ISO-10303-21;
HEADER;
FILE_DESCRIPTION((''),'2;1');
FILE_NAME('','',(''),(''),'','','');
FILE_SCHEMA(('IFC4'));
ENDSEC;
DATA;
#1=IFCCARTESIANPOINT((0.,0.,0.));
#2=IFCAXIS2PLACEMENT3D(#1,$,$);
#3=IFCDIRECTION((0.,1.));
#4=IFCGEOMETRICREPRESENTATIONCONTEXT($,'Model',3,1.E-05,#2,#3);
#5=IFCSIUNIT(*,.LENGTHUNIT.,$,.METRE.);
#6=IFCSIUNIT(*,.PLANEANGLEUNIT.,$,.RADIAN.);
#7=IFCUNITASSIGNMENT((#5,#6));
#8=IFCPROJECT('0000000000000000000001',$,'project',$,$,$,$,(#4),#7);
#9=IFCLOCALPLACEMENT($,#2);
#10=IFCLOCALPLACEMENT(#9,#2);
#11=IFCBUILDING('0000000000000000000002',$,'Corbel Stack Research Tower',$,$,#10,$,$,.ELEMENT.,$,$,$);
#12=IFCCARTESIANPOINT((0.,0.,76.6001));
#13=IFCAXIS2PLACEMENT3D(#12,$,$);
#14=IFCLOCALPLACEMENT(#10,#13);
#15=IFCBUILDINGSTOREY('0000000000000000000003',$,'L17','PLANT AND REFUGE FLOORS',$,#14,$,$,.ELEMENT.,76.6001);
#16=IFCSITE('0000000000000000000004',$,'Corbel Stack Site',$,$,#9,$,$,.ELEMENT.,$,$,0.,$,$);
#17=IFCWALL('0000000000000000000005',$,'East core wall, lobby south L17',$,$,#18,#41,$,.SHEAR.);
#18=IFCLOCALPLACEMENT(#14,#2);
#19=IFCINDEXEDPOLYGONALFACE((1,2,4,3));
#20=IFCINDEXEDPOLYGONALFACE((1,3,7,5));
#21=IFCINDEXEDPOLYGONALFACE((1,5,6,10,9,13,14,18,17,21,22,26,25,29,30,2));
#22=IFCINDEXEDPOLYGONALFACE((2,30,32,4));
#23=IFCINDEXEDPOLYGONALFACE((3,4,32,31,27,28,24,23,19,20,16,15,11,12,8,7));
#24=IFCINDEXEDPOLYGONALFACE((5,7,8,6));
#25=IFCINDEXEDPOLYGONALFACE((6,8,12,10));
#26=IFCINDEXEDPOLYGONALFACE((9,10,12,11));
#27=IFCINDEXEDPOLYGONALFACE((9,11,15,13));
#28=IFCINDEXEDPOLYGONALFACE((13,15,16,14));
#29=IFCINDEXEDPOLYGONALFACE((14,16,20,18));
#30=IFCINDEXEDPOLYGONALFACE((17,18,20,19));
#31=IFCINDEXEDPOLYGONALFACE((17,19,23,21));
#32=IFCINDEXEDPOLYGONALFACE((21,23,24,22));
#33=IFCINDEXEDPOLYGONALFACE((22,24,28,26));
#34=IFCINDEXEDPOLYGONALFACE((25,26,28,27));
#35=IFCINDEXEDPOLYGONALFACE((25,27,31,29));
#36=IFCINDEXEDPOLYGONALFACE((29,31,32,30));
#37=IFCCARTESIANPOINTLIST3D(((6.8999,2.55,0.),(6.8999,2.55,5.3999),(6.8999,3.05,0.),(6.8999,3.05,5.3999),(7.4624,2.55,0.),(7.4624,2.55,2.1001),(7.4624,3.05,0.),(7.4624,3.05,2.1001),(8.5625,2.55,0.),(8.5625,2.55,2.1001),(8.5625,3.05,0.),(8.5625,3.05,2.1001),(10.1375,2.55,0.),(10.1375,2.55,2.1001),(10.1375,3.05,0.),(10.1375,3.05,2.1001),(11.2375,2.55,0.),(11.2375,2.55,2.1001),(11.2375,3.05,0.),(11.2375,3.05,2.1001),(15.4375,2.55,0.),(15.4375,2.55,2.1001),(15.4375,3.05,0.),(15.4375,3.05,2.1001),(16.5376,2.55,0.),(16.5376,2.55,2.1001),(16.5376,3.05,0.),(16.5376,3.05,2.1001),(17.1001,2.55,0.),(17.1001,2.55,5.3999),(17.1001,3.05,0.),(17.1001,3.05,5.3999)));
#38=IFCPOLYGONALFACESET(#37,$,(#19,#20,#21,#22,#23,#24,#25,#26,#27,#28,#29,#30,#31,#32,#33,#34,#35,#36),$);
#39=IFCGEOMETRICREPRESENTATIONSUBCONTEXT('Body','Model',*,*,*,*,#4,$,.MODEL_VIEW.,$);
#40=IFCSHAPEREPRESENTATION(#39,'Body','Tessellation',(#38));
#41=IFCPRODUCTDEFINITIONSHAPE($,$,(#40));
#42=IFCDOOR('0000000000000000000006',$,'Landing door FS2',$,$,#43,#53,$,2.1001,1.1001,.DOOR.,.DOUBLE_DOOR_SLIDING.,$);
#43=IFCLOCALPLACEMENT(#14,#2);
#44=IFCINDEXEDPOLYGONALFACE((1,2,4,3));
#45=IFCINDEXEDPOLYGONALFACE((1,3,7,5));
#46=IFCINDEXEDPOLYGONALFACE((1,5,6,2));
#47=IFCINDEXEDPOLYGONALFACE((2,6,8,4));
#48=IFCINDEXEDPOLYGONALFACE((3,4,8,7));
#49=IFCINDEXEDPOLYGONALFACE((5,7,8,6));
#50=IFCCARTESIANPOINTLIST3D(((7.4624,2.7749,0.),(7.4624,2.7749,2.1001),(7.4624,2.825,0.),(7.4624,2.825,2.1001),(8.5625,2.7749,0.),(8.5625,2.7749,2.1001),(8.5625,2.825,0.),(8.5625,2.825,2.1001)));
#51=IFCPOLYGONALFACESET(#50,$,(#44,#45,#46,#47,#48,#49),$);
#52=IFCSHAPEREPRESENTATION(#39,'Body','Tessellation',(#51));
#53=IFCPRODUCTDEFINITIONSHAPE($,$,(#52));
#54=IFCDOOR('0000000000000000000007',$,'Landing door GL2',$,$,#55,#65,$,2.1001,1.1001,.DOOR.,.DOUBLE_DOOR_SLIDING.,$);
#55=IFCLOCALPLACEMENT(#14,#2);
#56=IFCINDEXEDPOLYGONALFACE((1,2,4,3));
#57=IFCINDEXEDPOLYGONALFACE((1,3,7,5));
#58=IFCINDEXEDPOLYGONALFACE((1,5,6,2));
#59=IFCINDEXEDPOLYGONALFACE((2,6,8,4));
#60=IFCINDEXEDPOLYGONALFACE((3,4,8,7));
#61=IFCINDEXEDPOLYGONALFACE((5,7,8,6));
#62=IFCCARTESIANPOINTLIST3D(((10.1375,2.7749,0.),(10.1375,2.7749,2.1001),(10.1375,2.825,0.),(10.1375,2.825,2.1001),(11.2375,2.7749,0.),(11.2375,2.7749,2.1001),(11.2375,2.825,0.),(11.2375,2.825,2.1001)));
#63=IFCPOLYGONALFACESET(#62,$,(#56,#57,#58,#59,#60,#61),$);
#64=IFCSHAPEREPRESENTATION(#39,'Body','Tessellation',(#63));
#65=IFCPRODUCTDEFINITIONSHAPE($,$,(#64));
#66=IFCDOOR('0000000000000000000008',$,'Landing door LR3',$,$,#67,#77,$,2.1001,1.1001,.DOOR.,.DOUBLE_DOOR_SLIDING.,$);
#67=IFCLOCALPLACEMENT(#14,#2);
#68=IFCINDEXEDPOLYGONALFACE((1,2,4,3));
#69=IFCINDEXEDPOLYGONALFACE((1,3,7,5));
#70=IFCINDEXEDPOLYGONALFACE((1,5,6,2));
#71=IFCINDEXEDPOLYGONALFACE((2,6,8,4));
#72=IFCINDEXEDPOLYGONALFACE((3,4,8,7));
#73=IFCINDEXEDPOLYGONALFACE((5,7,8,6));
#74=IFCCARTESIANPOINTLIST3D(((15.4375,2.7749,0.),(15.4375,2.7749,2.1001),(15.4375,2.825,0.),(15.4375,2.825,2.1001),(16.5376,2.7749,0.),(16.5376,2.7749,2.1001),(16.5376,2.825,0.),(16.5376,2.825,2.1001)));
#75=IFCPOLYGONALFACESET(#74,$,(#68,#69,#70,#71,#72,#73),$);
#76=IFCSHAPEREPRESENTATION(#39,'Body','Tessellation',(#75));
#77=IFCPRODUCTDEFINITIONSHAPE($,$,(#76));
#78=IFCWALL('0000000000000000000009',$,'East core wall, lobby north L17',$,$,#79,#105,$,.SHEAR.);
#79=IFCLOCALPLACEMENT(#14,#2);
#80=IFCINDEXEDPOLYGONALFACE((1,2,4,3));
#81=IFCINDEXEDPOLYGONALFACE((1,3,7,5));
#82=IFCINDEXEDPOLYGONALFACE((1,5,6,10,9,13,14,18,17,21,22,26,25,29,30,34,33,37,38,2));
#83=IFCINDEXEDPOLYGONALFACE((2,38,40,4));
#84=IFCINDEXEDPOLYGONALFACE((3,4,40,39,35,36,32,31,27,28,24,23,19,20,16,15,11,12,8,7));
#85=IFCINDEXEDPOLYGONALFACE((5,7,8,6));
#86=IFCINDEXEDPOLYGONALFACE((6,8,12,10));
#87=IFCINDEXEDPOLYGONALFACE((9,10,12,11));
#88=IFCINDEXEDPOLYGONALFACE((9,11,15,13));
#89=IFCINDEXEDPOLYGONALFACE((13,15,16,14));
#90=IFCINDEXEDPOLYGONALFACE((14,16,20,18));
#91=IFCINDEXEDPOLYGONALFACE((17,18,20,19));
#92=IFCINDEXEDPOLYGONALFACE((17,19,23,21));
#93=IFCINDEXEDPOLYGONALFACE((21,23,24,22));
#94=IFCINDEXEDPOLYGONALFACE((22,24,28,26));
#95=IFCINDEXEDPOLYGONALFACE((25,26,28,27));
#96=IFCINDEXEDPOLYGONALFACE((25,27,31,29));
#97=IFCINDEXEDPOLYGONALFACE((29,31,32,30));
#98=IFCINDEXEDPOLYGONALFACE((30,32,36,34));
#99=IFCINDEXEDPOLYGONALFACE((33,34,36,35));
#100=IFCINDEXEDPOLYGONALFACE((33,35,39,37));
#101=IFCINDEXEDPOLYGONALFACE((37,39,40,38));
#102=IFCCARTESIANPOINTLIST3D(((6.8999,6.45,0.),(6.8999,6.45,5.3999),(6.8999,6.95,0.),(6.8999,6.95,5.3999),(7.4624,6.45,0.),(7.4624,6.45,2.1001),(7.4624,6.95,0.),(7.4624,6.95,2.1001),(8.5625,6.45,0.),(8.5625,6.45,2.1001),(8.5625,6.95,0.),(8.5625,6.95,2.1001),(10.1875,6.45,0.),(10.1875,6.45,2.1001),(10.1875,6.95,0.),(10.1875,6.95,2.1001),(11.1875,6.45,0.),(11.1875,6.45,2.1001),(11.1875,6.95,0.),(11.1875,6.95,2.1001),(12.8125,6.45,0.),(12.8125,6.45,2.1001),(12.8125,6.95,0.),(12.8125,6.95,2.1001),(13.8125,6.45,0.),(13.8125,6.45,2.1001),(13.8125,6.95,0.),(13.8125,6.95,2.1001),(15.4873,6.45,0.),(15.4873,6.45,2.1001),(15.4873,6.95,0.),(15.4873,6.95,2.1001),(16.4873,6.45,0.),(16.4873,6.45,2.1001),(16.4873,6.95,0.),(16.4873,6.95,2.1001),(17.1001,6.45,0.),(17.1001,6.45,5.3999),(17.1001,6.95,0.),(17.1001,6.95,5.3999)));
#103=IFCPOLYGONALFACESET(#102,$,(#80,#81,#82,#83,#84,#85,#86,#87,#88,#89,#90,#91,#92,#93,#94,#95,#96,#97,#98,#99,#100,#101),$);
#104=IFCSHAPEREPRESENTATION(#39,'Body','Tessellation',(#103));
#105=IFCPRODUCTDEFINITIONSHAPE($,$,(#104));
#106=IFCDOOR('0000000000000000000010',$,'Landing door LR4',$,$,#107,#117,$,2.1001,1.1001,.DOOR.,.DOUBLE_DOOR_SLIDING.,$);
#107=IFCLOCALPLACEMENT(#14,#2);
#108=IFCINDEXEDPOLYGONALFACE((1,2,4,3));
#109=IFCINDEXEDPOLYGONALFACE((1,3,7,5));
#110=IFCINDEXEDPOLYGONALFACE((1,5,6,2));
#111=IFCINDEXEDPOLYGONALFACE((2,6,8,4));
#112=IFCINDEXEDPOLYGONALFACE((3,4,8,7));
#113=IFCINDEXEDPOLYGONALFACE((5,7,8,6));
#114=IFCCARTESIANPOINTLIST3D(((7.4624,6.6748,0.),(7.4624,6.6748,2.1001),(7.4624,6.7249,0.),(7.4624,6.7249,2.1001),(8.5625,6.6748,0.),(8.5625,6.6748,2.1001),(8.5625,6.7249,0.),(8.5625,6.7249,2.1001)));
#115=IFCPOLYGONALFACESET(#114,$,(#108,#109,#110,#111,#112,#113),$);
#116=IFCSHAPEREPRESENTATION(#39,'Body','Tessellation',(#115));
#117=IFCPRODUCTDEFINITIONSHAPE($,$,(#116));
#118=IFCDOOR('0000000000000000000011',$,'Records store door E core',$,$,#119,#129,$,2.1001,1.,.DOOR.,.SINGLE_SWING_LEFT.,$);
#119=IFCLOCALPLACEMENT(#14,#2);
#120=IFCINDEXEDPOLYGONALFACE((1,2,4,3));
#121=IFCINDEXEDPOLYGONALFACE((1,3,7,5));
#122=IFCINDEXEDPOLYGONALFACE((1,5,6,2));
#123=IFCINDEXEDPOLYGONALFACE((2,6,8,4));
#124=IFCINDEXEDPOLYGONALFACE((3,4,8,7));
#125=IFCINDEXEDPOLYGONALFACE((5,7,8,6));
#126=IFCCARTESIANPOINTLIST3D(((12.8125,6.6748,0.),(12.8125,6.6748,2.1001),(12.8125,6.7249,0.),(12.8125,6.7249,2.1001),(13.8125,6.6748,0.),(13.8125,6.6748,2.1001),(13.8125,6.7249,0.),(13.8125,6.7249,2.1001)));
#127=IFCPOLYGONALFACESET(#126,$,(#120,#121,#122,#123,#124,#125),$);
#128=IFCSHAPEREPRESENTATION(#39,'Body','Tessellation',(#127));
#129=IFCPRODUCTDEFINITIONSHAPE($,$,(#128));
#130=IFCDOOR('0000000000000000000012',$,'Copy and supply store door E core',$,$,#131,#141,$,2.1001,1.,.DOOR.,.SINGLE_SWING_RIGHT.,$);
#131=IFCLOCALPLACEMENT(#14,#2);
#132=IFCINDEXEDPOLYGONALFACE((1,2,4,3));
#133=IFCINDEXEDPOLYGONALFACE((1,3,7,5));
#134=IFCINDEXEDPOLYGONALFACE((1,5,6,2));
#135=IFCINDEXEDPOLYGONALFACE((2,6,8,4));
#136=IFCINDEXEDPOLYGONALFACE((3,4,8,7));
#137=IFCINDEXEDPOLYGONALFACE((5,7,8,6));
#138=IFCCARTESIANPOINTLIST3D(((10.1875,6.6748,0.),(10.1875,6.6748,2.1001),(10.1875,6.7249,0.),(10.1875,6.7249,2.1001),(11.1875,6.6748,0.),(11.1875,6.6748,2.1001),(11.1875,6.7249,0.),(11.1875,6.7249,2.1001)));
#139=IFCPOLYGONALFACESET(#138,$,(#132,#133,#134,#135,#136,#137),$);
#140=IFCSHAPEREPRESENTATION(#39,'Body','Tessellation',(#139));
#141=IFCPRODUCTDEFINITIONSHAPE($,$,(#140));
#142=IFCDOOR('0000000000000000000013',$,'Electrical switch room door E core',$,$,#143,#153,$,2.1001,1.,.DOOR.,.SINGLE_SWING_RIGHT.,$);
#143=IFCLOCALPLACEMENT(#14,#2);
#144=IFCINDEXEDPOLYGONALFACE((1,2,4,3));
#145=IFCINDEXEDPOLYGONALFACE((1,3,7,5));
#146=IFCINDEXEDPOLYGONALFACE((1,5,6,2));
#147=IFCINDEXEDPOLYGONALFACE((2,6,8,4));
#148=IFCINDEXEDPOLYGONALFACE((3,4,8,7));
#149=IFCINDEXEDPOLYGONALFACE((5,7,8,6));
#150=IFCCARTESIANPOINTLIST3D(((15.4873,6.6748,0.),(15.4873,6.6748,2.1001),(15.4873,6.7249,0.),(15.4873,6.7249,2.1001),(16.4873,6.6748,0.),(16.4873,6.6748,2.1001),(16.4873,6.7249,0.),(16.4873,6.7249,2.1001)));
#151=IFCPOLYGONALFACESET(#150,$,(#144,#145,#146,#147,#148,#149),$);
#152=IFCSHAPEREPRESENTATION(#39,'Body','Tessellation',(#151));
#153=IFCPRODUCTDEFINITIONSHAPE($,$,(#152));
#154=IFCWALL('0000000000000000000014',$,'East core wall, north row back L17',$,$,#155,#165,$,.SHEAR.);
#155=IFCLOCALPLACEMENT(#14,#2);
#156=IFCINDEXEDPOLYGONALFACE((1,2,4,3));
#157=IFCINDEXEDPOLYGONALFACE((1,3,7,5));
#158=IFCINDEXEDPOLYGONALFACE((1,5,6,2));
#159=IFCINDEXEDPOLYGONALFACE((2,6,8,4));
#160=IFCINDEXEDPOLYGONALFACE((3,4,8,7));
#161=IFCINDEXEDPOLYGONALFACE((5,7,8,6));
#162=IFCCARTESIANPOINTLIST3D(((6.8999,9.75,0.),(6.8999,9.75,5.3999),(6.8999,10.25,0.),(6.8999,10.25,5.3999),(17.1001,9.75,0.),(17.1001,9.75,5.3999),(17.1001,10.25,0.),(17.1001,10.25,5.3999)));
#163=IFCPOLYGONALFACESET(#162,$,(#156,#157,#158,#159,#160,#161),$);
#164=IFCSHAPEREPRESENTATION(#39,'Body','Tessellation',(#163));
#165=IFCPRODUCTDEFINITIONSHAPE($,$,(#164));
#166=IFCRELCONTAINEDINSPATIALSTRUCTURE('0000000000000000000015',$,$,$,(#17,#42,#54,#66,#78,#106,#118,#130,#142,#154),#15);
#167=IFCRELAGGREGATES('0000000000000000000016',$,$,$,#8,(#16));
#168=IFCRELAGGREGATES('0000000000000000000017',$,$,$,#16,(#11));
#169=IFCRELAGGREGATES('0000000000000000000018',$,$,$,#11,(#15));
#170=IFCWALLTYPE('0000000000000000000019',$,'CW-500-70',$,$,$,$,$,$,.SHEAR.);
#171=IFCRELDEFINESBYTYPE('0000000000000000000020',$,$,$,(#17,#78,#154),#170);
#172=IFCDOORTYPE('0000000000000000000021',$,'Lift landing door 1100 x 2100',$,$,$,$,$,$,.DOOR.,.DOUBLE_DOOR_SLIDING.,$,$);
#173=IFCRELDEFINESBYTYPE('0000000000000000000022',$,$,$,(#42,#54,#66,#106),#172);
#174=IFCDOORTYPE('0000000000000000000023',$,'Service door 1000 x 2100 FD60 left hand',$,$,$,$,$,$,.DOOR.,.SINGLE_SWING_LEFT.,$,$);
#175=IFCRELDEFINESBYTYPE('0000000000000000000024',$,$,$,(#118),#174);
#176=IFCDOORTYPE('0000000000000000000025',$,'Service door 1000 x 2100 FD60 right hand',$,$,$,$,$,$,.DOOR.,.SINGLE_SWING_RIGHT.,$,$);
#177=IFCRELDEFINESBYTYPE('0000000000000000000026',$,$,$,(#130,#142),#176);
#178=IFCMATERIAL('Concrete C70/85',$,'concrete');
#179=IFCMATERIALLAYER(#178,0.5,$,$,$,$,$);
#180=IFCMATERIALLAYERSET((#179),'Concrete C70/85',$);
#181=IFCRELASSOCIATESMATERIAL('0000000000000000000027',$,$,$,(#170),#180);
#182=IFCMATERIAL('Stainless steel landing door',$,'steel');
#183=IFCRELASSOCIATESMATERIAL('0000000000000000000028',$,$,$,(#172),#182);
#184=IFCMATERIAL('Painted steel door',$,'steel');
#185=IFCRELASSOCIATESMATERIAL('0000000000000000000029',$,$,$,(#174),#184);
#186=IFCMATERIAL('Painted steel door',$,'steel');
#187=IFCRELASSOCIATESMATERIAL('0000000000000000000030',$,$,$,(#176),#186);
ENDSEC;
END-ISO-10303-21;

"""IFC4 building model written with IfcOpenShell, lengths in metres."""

from ifc_helpers import new_model, si_unit, direction, frame, frame_2d, origin, place, context, subcontext, project, spatial, rectangle, extrude, material, layer, layer_set, type_object, element, fill, save


model = new_model("IFC4")

# Units and contexts
model_context = context("Model", 3, precision=1e-05, world=origin(), true_north=direction((0.0, 1.0)))
body_context = subcontext(model_context, "Body", "Model", "MODEL_VIEW")
ifc_project = project(units=[si_unit("LENGTHUNIT", "METRE"), si_unit("PLANEANGLEUNIT", "RADIAN")], contexts=[model_context])

# Site, building, storey
site_placement = place(None, origin())
site = spatial("IfcSite", under=ifc_project, at=site_placement, Name="Corbel Stack Site", CompositionType="ELEMENT", RefElevation=0.0)
building_placement = place(site_placement, origin())
building = spatial("IfcBuilding", under=site, at=building_placement, Name="Corbel Stack Research Tower", CompositionType="ELEMENT")
storey_placement = place(building_placement, frame((0.0, 0.0, 76.6001)))
storey = spatial("IfcBuildingStorey", under=building, at=storey_placement, Name="L17", Description="PLANT AND REFUGE FLOORS", CompositionType="ELEMENT", Elevation=76.6001)

# Walls, openings, doors
ifc_material_1 = material(Name="Concrete C70/85", Category="concrete")
ifc_layer_1 = layer(ifc_material_1, 0.5)
ifc_layer_set_1 = layer_set([ifc_layer_1], Name="Concrete C70/85")
wall_type_1 = type_object("IfcWallType", Name="CW-500-70", PredefinedType="SHEAR", material=ifc_layer_set_1)
wall_1_placement = place(storey_placement, frame((6.8999, 2.8, 0.0), z_axis=(0.0, 0.0, 1.0), x_axis=(1.0, 0.0, 0.0)))
wall_1 = element("IfcWall", 1, at=wall_1_placement, inside=storey, type_object=wall_type_1, Name="East core wall, lobby south L17", PredefinedType="SHEAR", context=body_context, shape_type="SweptSolid", body=[
    extrude(rectangle(XDim=10.2002, YDim=0.5, at=frame_2d((5.1001, 0.0))), origin(), (0.0, 0.0, 1.0), 5.3999),
])
opening_1_placement = place(wall_1_placement, frame((0.5625, 0.0, 0.0)))
opening_1 = element("IfcOpeningElement", 2, at=opening_1_placement, cuts=wall_1, PredefinedType="OPENING", context=body_context, shape_type="SweptSolid", body=[
    extrude(rectangle(XDim=1.1001, YDim=2.1001, at=frame_2d((0.55, 1.05))), frame((0.0, 0.26, 0.0), z_axis=(0.0, -1.0, 0.0), x_axis=(1.0, 0.0, 0.0)), (0.0, 0.0, 1.0), 0.52),
])
opening_2_placement = place(wall_1_placement, frame((3.2375, 0.0, 0.0)))
opening_2 = element("IfcOpeningElement", 3, at=opening_2_placement, cuts=wall_1, PredefinedType="OPENING", context=body_context, shape_type="SweptSolid", body=[
    extrude(rectangle(XDim=1.1001, YDim=2.1001, at=frame_2d((0.55, 1.05))), frame((0.0, 0.26, 0.0), z_axis=(0.0, -1.0, 0.0), x_axis=(1.0, 0.0, 0.0)), (0.0, 0.0, 1.0), 0.52),
])
opening_3_placement = place(wall_1_placement, frame((8.5376, 0.0, 0.0)))
opening_3 = element("IfcOpeningElement", 4, at=opening_3_placement, cuts=wall_1, PredefinedType="OPENING", context=body_context, shape_type="SweptSolid", body=[
    extrude(rectangle(XDim=1.1001, YDim=2.1001, at=frame_2d((0.55, 1.05))), frame((0.0, 0.26, 0.0), z_axis=(0.0, -1.0, 0.0), x_axis=(1.0, 0.0, 0.0)), (0.0, 0.0, 1.0), 0.52),
])
ifc_material_2 = material(Name="Stainless steel landing door", Category="steel")
door_type_1 = type_object("IfcDoorType", Name="Lift landing door 1100 x 2100", OperationType="DOUBLE_DOOR_SLIDING", PredefinedType="DOOR", material=ifc_material_2)
door_1_placement = place(opening_1_placement, origin())
door_1 = element("IfcDoor", 5, at=door_1_placement, inside=storey, type_object=door_type_1, Name="Landing door FS2", OperationType="DOUBLE_DOOR_SLIDING", OverallHeight=2.1001, OverallWidth=1.1001, PredefinedType="DOOR", context=body_context, shape_type="SweptSolid", body=[
    extrude(rectangle(XDim=1.1001, YDim=2.1001, at=frame_2d((0.55, 1.05))), frame((0.0, 0.0249, 0.0), z_axis=(0.0, -1.0, 0.0), x_axis=(1.0, 0.0, 0.0)), (0.0, 0.0, 1.0), 0.05),
])
fill(opening_1, door_1)
door_2_placement = place(opening_2_placement, origin())
door_2 = element("IfcDoor", 6, at=door_2_placement, inside=storey, type_object=door_type_1, Name="Landing door GL2", OperationType="DOUBLE_DOOR_SLIDING", OverallHeight=2.1001, OverallWidth=1.1001, PredefinedType="DOOR", context=body_context, shape_type="SweptSolid", body=[
    extrude(rectangle(XDim=1.1001, YDim=2.1001, at=frame_2d((0.55, 1.05))), frame((0.0, 0.0249, 0.0), z_axis=(0.0, -1.0, 0.0), x_axis=(1.0, 0.0, 0.0)), (0.0, 0.0, 1.0), 0.05),
])
fill(opening_2, door_2)
door_3_placement = place(opening_3_placement, origin())
door_3 = element("IfcDoor", 7, at=door_3_placement, inside=storey, type_object=door_type_1, Name="Landing door LR3", OperationType="DOUBLE_DOOR_SLIDING", OverallHeight=2.1001, OverallWidth=1.1001, PredefinedType="DOOR", context=body_context, shape_type="SweptSolid", body=[
    extrude(rectangle(XDim=1.1001, YDim=2.1001, at=frame_2d((0.55, 1.05))), frame((0.0, 0.0249, 0.0), z_axis=(0.0, -1.0, 0.0), x_axis=(1.0, 0.0, 0.0)), (0.0, 0.0, 1.0), 0.05),
])
fill(opening_3, door_3)
wall_2_placement = place(storey_placement, frame((6.8999, 6.7, 0.0), z_axis=(0.0, 0.0, 1.0), x_axis=(1.0, 0.0, 0.0)))
wall_2 = element("IfcWall", 8, at=wall_2_placement, inside=storey, type_object=wall_type_1, Name="East core wall, lobby north L17", PredefinedType="SHEAR", context=body_context, shape_type="SweptSolid", body=[
    extrude(rectangle(XDim=10.2002, YDim=0.5, at=frame_2d((5.1001, 0.0))), origin(), (0.0, 0.0, 1.0), 5.3999),
])
opening_4_placement = place(wall_2_placement, frame((0.5625, 0.0, 0.0)))
opening_4 = element("IfcOpeningElement", 9, at=opening_4_placement, cuts=wall_2, PredefinedType="OPENING", context=body_context, shape_type="SweptSolid", body=[
    extrude(rectangle(XDim=1.1001, YDim=2.1001, at=frame_2d((0.55, 1.05))), frame((0.0, 0.26, 0.0), z_axis=(0.0, -1.0, 0.0), x_axis=(1.0, 0.0, 0.0)), (0.0, 0.0, 1.0), 0.52),
])
opening_5_placement = place(wall_2_placement, frame((3.2876, 0.0, 0.0)))
opening_5 = element("IfcOpeningElement", 10, at=opening_5_placement, cuts=wall_2, PredefinedType="OPENING", context=body_context, shape_type="SweptSolid", body=[
    extrude(rectangle(XDim=1.0, YDim=2.1001, at=frame_2d((0.5, 1.05))), frame((0.0, 0.26, 0.0), z_axis=(0.0, -1.0, 0.0), x_axis=(1.0, 0.0, 0.0)), (0.0, 0.0, 1.0), 0.52),
])
opening_6_placement = place(wall_2_placement, frame((5.9126, 0.0, 0.0)))
opening_6 = element("IfcOpeningElement", 11, at=opening_6_placement, cuts=wall_2, PredefinedType="OPENING", context=body_context, shape_type="SweptSolid", body=[
    extrude(rectangle(XDim=1.0, YDim=2.1001, at=frame_2d((0.5, 1.05))), frame((0.0, 0.26, 0.0), z_axis=(0.0, -1.0, 0.0), x_axis=(1.0, 0.0, 0.0)), (0.0, 0.0, 1.0), 0.52),
])
opening_7_placement = place(wall_2_placement, frame((8.5874, 0.0, 0.0)))
opening_7 = element("IfcOpeningElement", 12, at=opening_7_placement, cuts=wall_2, PredefinedType="OPENING", context=body_context, shape_type="SweptSolid", body=[
    extrude(rectangle(XDim=1.0, YDim=2.1001, at=frame_2d((0.5, 1.05))), frame((0.0, 0.26, 0.0), z_axis=(0.0, -1.0, 0.0), x_axis=(1.0, 0.0, 0.0)), (0.0, 0.0, 1.0), 0.52),
])
door_4_placement = place(opening_4_placement, origin())
door_4 = element("IfcDoor", 13, at=door_4_placement, inside=storey, type_object=door_type_1, Name="Landing door LR4", OperationType="DOUBLE_DOOR_SLIDING", OverallHeight=2.1001, OverallWidth=1.1001, PredefinedType="DOOR", context=body_context, shape_type="SweptSolid", body=[
    extrude(rectangle(XDim=1.1001, YDim=2.1001, at=frame_2d((0.55, 1.05))), frame((0.0, 0.0249, 0.0), z_axis=(0.0, -1.0, 0.0), x_axis=(1.0, 0.0, 0.0)), (0.0, 0.0, 1.0), 0.05),
])
fill(opening_4, door_4)
ifc_material_3 = material(Name="Painted steel door", Category="steel")
door_type_2 = type_object("IfcDoorType", Name="Service door 1000 x 2100 FD60 left hand", OperationType="SINGLE_SWING_LEFT", PredefinedType="DOOR", material=ifc_material_3)
door_5_placement = place(opening_6_placement, origin())
door_5 = element("IfcDoor", 14, at=door_5_placement, inside=storey, type_object=door_type_2, Name="Records store door E core", OperationType="SINGLE_SWING_LEFT", OverallHeight=2.1001, OverallWidth=1.0, PredefinedType="DOOR", context=body_context, shape_type="SweptSolid", body=[
    extrude(rectangle(XDim=1.0, YDim=2.1001, at=frame_2d((0.5, 1.05))), frame((0.0, 0.0249, 0.0), z_axis=(0.0, -1.0, 0.0), x_axis=(1.0, 0.0, 0.0)), (0.0, 0.0, 1.0), 0.05),
])
fill(opening_6, door_5)
ifc_material_4 = material(Name="Painted steel door", Category="steel")
door_type_3 = type_object("IfcDoorType", Name="Service door 1000 x 2100 FD60 right hand", OperationType="SINGLE_SWING_RIGHT", PredefinedType="DOOR", material=ifc_material_4)
door_6_placement = place(opening_5_placement, origin())
door_6 = element("IfcDoor", 15, at=door_6_placement, inside=storey, type_object=door_type_3, Name="Copy and supply store door E core", OperationType="SINGLE_SWING_RIGHT", OverallHeight=2.1001, OverallWidth=1.0, PredefinedType="DOOR", context=body_context, shape_type="SweptSolid", body=[
    extrude(rectangle(XDim=1.0, YDim=2.1001, at=frame_2d((0.5, 1.05))), frame((0.0, 0.0249, 0.0), z_axis=(0.0, -1.0, 0.0), x_axis=(1.0, 0.0, 0.0)), (0.0, 0.0, 1.0), 0.05),
])
fill(opening_5, door_6)
door_7_placement = place(opening_7_placement, origin())
door_7 = element("IfcDoor", 16, at=door_7_placement, inside=storey, type_object=door_type_3, Name="Electrical switch room door E core", OperationType="SINGLE_SWING_RIGHT", OverallHeight=2.1001, OverallWidth=1.0, PredefinedType="DOOR", context=body_context, shape_type="SweptSolid", body=[
    extrude(rectangle(XDim=1.0, YDim=2.1001, at=frame_2d((0.5, 1.05))), frame((0.0, 0.0249, 0.0), z_axis=(0.0, -1.0, 0.0), x_axis=(1.0, 0.0, 0.0)), (0.0, 0.0, 1.0), 0.05),
])
fill(opening_7, door_7)

# Wall
wall_3_placement = place(storey_placement, frame((6.8999, 10.0, 0.0), z_axis=(0.0, 0.0, 1.0), x_axis=(1.0, 0.0, 0.0)))
element("IfcWall", 17, at=wall_3_placement, inside=storey, type_object=wall_type_1, Name="East core wall, north row back L17", PredefinedType="SHEAR", context=body_context, shape_type="SweptSolid", body=[
    extrude(rectangle(XDim=10.2002, YDim=0.5, at=frame_2d((5.1001, 0.0))), origin(), (0.0, 0.0, 1.0), 5.3999),
])

save(model, "model.ifc")
